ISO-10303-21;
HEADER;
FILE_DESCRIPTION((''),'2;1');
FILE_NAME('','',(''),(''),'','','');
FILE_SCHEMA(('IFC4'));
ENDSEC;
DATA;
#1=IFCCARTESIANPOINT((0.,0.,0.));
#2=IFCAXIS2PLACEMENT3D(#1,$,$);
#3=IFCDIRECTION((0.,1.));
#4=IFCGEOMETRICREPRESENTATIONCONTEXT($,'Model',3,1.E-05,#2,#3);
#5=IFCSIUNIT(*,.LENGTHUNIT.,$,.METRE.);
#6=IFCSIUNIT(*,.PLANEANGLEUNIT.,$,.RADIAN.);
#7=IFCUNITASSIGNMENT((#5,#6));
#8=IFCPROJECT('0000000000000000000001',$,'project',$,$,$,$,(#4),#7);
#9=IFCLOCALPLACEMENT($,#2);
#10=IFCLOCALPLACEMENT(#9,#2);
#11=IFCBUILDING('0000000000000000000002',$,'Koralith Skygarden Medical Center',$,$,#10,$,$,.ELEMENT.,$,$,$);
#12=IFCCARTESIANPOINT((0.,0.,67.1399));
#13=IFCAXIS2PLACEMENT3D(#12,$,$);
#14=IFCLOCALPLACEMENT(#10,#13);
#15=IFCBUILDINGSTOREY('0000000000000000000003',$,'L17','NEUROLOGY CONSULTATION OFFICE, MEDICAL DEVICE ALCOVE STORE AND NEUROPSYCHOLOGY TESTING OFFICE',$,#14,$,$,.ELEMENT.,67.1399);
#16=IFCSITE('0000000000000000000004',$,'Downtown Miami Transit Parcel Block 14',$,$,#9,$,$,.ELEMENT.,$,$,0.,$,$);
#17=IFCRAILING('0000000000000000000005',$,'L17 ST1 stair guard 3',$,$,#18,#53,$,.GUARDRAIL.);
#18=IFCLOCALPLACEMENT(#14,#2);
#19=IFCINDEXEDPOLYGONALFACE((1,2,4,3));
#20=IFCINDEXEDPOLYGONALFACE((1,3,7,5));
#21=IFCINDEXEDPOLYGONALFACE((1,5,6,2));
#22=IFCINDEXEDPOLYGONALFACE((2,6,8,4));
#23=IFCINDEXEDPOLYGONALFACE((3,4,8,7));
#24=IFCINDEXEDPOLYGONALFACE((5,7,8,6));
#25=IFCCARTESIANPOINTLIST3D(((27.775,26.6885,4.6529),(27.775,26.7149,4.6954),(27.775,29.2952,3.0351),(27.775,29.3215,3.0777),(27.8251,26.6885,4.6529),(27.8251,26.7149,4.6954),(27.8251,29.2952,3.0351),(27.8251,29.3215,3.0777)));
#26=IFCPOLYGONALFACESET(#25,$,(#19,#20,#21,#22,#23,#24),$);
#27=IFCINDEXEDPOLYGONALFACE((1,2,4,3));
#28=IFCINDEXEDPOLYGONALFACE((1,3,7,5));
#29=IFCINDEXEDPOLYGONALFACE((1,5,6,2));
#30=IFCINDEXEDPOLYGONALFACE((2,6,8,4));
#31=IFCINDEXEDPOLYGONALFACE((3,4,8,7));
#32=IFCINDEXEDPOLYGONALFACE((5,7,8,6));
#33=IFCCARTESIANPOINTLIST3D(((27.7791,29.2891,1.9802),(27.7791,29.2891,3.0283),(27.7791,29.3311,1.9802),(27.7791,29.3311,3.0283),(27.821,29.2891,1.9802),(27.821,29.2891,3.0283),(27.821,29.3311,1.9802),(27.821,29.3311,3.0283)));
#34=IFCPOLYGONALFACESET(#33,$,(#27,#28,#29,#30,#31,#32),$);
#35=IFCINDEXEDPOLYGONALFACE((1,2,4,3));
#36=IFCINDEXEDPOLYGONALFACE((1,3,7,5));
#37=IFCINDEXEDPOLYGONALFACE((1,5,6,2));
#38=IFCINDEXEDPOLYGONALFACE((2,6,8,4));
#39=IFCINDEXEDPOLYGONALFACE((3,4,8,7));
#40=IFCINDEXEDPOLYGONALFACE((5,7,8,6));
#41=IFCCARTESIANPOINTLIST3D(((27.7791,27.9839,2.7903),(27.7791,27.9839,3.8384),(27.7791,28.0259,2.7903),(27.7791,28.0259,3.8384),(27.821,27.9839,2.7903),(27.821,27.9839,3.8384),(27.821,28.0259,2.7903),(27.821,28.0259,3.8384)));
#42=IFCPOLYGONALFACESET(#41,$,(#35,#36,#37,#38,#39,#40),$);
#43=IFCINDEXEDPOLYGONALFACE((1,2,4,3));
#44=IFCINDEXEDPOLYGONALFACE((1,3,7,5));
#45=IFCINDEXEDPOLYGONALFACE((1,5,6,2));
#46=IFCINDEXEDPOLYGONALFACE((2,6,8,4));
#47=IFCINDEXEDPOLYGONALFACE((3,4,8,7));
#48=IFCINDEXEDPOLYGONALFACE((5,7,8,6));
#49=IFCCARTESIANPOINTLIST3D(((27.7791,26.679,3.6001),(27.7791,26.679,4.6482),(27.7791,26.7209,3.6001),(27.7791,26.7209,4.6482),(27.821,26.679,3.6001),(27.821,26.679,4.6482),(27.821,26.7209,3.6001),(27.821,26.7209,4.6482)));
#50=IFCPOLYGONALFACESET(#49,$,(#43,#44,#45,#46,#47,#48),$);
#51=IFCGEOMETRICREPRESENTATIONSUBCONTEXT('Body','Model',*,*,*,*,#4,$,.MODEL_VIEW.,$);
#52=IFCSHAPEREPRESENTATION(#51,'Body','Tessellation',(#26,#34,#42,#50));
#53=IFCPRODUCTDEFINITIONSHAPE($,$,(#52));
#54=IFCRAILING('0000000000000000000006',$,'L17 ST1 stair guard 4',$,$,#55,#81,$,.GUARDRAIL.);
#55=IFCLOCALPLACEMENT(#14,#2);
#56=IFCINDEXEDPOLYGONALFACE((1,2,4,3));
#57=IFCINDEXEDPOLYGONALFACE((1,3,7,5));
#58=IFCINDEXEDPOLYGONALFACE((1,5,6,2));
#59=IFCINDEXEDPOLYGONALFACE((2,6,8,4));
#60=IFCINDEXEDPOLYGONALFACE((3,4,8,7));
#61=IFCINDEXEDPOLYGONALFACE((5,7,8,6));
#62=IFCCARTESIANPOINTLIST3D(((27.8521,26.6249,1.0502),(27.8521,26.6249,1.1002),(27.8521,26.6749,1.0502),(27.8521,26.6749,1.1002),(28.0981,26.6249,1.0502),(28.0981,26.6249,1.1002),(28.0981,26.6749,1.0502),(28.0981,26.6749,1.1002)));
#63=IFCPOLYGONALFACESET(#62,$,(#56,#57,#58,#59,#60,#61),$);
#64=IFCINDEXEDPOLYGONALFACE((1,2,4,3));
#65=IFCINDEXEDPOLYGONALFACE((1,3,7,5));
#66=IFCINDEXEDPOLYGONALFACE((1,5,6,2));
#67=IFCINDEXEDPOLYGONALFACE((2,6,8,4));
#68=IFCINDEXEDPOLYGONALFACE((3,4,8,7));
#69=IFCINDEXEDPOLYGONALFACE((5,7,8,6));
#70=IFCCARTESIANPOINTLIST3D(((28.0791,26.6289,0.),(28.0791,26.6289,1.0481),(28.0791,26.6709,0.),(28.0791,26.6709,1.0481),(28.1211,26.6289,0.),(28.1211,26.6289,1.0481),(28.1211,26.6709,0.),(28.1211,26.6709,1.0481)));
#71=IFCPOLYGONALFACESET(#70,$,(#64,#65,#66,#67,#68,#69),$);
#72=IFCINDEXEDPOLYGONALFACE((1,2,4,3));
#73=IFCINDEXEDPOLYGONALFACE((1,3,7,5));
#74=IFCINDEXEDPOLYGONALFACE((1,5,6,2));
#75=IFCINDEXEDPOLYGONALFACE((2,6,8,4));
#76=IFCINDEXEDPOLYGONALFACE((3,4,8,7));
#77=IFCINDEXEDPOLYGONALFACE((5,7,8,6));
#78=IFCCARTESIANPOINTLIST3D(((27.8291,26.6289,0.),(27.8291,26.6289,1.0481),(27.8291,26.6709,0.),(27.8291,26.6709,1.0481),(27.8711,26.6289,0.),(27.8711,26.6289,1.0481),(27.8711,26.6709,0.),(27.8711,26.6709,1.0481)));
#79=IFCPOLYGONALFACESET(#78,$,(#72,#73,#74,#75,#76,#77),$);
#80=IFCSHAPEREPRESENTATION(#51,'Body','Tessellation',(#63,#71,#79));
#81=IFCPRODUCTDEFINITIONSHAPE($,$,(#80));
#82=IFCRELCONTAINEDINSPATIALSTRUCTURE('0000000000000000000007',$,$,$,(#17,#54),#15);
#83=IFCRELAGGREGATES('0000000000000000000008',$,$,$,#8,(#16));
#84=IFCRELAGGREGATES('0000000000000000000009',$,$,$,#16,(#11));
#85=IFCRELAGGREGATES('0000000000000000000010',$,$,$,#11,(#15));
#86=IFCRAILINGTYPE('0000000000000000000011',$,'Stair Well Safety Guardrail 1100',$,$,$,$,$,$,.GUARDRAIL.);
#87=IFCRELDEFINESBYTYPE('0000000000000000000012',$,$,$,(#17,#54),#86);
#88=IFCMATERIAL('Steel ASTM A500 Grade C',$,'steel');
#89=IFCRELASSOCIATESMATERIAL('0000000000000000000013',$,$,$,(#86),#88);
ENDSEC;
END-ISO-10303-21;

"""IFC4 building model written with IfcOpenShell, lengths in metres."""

from ifc_helpers import new_model, si_unit, direction, frame, origin, origin_2d, place, context, subcontext, project, spatial, rectangle, extrude, material, type_object, element, save


model = new_model("IFC4")

# Units and contexts
model_context = context("Model", 3, precision=1e-05, world=origin(), true_north=direction((0.0, 1.0)))
body_context = subcontext(model_context, "Body", "Model", "MODEL_VIEW")
ifc_project = project(units=[si_unit("LENGTHUNIT", "METRE"), si_unit("PLANEANGLEUNIT", "RADIAN")], contexts=[model_context])

# Site, building, storey
site_placement = place(None, origin())
site = spatial("IfcSite", under=ifc_project, at=site_placement, Name="Downtown Miami Transit Parcel Block 14", CompositionType="ELEMENT", RefElevation=0.0)
building_placement = place(site_placement, origin())
building = spatial("IfcBuilding", under=site, at=building_placement, Name="Koralith Skygarden Medical Center", CompositionType="ELEMENT")
storey_placement = place(building_placement, frame((0.0, 0.0, 67.1399)))
storey = spatial("IfcBuildingStorey", under=building, at=storey_placement, Name="L17", Description="NEUROLOGY CONSULTATION OFFICE, MEDICAL DEVICE ALCOVE STORE AND NEUROPSYCHOLOGY TESTING OFFICE", CompositionType="ELEMENT", Elevation=67.1399)

# Shared definitions
ifc_material_1 = material(Name="Steel ASTM A500 Grade C", Category="steel")

# Railings
railing_type_1 = type_object("IfcRailingType", Name="Stair Well Safety Guardrail 1100", PredefinedType="GUARDRAIL", material=ifc_material_1)
railing_1_placement = place(storey_placement, frame((27.8, 29.3101, 1.9802)))
element("IfcRailing", 1, at=railing_1_placement, inside=storey, type_object=railing_type_1, Name="L17 ST1 stair guard 3", PredefinedType="GUARDRAIL", context=body_context, shape_type="SweptSolid", body=[
    extrude(rectangle(XDim=0.05, YDim=0.05, at=origin_2d()), frame((0.0, -0.0017, 1.0762), z_axis=(0.0, -0.849668, 0.527317), x_axis=(1.0, 0.0, 0.0)), (0.0, 0.0, 1.0), 3.0679),
    extrude(rectangle(XDim=0.042, YDim=0.042, at=origin_2d()), origin(), (0.0, 0.0, 1.0), 1.0481),
    extrude(rectangle(XDim=0.042, YDim=0.042, at=origin_2d()), frame((0.0, -1.3052, 0.8101)), (0.0, 0.0, 1.0), 1.0481),
    extrude(rectangle(XDim=0.042, YDim=0.042, at=origin_2d()), frame((0.0, -2.6101, 1.6199)), (0.0, 0.0, 1.0), 1.0481),
])
railing_2_placement = place(storey_placement, frame((28.1001, 26.6499, 0.0)))
element("IfcRailing", 2, at=railing_2_placement, inside=storey, type_object=railing_type_1, Name="L17 ST1 stair guard 4", PredefinedType="GUARDRAIL", context=body_context, shape_type="SweptSolid", body=[
    extrude(rectangle(XDim=0.05, YDim=0.05, at=origin_2d()), frame((-0.002, 0.0, 1.0752), z_axis=(-1.0, 0.0, 0.0), x_axis=(0.0, -1.0, 0.0)), (0.0, 0.0, 1.0), 0.2461),
    extrude(rectangle(XDim=0.042, YDim=0.042, at=origin_2d()), origin(), (0.0, 0.0, 1.0), 1.0481),
    extrude(rectangle(XDim=0.042, YDim=0.042, at=origin_2d()), frame((-0.25, 0.0, 0.0)), (0.0, 0.0, 1.0), 1.0481),
])

save(model, "model.ifc")
